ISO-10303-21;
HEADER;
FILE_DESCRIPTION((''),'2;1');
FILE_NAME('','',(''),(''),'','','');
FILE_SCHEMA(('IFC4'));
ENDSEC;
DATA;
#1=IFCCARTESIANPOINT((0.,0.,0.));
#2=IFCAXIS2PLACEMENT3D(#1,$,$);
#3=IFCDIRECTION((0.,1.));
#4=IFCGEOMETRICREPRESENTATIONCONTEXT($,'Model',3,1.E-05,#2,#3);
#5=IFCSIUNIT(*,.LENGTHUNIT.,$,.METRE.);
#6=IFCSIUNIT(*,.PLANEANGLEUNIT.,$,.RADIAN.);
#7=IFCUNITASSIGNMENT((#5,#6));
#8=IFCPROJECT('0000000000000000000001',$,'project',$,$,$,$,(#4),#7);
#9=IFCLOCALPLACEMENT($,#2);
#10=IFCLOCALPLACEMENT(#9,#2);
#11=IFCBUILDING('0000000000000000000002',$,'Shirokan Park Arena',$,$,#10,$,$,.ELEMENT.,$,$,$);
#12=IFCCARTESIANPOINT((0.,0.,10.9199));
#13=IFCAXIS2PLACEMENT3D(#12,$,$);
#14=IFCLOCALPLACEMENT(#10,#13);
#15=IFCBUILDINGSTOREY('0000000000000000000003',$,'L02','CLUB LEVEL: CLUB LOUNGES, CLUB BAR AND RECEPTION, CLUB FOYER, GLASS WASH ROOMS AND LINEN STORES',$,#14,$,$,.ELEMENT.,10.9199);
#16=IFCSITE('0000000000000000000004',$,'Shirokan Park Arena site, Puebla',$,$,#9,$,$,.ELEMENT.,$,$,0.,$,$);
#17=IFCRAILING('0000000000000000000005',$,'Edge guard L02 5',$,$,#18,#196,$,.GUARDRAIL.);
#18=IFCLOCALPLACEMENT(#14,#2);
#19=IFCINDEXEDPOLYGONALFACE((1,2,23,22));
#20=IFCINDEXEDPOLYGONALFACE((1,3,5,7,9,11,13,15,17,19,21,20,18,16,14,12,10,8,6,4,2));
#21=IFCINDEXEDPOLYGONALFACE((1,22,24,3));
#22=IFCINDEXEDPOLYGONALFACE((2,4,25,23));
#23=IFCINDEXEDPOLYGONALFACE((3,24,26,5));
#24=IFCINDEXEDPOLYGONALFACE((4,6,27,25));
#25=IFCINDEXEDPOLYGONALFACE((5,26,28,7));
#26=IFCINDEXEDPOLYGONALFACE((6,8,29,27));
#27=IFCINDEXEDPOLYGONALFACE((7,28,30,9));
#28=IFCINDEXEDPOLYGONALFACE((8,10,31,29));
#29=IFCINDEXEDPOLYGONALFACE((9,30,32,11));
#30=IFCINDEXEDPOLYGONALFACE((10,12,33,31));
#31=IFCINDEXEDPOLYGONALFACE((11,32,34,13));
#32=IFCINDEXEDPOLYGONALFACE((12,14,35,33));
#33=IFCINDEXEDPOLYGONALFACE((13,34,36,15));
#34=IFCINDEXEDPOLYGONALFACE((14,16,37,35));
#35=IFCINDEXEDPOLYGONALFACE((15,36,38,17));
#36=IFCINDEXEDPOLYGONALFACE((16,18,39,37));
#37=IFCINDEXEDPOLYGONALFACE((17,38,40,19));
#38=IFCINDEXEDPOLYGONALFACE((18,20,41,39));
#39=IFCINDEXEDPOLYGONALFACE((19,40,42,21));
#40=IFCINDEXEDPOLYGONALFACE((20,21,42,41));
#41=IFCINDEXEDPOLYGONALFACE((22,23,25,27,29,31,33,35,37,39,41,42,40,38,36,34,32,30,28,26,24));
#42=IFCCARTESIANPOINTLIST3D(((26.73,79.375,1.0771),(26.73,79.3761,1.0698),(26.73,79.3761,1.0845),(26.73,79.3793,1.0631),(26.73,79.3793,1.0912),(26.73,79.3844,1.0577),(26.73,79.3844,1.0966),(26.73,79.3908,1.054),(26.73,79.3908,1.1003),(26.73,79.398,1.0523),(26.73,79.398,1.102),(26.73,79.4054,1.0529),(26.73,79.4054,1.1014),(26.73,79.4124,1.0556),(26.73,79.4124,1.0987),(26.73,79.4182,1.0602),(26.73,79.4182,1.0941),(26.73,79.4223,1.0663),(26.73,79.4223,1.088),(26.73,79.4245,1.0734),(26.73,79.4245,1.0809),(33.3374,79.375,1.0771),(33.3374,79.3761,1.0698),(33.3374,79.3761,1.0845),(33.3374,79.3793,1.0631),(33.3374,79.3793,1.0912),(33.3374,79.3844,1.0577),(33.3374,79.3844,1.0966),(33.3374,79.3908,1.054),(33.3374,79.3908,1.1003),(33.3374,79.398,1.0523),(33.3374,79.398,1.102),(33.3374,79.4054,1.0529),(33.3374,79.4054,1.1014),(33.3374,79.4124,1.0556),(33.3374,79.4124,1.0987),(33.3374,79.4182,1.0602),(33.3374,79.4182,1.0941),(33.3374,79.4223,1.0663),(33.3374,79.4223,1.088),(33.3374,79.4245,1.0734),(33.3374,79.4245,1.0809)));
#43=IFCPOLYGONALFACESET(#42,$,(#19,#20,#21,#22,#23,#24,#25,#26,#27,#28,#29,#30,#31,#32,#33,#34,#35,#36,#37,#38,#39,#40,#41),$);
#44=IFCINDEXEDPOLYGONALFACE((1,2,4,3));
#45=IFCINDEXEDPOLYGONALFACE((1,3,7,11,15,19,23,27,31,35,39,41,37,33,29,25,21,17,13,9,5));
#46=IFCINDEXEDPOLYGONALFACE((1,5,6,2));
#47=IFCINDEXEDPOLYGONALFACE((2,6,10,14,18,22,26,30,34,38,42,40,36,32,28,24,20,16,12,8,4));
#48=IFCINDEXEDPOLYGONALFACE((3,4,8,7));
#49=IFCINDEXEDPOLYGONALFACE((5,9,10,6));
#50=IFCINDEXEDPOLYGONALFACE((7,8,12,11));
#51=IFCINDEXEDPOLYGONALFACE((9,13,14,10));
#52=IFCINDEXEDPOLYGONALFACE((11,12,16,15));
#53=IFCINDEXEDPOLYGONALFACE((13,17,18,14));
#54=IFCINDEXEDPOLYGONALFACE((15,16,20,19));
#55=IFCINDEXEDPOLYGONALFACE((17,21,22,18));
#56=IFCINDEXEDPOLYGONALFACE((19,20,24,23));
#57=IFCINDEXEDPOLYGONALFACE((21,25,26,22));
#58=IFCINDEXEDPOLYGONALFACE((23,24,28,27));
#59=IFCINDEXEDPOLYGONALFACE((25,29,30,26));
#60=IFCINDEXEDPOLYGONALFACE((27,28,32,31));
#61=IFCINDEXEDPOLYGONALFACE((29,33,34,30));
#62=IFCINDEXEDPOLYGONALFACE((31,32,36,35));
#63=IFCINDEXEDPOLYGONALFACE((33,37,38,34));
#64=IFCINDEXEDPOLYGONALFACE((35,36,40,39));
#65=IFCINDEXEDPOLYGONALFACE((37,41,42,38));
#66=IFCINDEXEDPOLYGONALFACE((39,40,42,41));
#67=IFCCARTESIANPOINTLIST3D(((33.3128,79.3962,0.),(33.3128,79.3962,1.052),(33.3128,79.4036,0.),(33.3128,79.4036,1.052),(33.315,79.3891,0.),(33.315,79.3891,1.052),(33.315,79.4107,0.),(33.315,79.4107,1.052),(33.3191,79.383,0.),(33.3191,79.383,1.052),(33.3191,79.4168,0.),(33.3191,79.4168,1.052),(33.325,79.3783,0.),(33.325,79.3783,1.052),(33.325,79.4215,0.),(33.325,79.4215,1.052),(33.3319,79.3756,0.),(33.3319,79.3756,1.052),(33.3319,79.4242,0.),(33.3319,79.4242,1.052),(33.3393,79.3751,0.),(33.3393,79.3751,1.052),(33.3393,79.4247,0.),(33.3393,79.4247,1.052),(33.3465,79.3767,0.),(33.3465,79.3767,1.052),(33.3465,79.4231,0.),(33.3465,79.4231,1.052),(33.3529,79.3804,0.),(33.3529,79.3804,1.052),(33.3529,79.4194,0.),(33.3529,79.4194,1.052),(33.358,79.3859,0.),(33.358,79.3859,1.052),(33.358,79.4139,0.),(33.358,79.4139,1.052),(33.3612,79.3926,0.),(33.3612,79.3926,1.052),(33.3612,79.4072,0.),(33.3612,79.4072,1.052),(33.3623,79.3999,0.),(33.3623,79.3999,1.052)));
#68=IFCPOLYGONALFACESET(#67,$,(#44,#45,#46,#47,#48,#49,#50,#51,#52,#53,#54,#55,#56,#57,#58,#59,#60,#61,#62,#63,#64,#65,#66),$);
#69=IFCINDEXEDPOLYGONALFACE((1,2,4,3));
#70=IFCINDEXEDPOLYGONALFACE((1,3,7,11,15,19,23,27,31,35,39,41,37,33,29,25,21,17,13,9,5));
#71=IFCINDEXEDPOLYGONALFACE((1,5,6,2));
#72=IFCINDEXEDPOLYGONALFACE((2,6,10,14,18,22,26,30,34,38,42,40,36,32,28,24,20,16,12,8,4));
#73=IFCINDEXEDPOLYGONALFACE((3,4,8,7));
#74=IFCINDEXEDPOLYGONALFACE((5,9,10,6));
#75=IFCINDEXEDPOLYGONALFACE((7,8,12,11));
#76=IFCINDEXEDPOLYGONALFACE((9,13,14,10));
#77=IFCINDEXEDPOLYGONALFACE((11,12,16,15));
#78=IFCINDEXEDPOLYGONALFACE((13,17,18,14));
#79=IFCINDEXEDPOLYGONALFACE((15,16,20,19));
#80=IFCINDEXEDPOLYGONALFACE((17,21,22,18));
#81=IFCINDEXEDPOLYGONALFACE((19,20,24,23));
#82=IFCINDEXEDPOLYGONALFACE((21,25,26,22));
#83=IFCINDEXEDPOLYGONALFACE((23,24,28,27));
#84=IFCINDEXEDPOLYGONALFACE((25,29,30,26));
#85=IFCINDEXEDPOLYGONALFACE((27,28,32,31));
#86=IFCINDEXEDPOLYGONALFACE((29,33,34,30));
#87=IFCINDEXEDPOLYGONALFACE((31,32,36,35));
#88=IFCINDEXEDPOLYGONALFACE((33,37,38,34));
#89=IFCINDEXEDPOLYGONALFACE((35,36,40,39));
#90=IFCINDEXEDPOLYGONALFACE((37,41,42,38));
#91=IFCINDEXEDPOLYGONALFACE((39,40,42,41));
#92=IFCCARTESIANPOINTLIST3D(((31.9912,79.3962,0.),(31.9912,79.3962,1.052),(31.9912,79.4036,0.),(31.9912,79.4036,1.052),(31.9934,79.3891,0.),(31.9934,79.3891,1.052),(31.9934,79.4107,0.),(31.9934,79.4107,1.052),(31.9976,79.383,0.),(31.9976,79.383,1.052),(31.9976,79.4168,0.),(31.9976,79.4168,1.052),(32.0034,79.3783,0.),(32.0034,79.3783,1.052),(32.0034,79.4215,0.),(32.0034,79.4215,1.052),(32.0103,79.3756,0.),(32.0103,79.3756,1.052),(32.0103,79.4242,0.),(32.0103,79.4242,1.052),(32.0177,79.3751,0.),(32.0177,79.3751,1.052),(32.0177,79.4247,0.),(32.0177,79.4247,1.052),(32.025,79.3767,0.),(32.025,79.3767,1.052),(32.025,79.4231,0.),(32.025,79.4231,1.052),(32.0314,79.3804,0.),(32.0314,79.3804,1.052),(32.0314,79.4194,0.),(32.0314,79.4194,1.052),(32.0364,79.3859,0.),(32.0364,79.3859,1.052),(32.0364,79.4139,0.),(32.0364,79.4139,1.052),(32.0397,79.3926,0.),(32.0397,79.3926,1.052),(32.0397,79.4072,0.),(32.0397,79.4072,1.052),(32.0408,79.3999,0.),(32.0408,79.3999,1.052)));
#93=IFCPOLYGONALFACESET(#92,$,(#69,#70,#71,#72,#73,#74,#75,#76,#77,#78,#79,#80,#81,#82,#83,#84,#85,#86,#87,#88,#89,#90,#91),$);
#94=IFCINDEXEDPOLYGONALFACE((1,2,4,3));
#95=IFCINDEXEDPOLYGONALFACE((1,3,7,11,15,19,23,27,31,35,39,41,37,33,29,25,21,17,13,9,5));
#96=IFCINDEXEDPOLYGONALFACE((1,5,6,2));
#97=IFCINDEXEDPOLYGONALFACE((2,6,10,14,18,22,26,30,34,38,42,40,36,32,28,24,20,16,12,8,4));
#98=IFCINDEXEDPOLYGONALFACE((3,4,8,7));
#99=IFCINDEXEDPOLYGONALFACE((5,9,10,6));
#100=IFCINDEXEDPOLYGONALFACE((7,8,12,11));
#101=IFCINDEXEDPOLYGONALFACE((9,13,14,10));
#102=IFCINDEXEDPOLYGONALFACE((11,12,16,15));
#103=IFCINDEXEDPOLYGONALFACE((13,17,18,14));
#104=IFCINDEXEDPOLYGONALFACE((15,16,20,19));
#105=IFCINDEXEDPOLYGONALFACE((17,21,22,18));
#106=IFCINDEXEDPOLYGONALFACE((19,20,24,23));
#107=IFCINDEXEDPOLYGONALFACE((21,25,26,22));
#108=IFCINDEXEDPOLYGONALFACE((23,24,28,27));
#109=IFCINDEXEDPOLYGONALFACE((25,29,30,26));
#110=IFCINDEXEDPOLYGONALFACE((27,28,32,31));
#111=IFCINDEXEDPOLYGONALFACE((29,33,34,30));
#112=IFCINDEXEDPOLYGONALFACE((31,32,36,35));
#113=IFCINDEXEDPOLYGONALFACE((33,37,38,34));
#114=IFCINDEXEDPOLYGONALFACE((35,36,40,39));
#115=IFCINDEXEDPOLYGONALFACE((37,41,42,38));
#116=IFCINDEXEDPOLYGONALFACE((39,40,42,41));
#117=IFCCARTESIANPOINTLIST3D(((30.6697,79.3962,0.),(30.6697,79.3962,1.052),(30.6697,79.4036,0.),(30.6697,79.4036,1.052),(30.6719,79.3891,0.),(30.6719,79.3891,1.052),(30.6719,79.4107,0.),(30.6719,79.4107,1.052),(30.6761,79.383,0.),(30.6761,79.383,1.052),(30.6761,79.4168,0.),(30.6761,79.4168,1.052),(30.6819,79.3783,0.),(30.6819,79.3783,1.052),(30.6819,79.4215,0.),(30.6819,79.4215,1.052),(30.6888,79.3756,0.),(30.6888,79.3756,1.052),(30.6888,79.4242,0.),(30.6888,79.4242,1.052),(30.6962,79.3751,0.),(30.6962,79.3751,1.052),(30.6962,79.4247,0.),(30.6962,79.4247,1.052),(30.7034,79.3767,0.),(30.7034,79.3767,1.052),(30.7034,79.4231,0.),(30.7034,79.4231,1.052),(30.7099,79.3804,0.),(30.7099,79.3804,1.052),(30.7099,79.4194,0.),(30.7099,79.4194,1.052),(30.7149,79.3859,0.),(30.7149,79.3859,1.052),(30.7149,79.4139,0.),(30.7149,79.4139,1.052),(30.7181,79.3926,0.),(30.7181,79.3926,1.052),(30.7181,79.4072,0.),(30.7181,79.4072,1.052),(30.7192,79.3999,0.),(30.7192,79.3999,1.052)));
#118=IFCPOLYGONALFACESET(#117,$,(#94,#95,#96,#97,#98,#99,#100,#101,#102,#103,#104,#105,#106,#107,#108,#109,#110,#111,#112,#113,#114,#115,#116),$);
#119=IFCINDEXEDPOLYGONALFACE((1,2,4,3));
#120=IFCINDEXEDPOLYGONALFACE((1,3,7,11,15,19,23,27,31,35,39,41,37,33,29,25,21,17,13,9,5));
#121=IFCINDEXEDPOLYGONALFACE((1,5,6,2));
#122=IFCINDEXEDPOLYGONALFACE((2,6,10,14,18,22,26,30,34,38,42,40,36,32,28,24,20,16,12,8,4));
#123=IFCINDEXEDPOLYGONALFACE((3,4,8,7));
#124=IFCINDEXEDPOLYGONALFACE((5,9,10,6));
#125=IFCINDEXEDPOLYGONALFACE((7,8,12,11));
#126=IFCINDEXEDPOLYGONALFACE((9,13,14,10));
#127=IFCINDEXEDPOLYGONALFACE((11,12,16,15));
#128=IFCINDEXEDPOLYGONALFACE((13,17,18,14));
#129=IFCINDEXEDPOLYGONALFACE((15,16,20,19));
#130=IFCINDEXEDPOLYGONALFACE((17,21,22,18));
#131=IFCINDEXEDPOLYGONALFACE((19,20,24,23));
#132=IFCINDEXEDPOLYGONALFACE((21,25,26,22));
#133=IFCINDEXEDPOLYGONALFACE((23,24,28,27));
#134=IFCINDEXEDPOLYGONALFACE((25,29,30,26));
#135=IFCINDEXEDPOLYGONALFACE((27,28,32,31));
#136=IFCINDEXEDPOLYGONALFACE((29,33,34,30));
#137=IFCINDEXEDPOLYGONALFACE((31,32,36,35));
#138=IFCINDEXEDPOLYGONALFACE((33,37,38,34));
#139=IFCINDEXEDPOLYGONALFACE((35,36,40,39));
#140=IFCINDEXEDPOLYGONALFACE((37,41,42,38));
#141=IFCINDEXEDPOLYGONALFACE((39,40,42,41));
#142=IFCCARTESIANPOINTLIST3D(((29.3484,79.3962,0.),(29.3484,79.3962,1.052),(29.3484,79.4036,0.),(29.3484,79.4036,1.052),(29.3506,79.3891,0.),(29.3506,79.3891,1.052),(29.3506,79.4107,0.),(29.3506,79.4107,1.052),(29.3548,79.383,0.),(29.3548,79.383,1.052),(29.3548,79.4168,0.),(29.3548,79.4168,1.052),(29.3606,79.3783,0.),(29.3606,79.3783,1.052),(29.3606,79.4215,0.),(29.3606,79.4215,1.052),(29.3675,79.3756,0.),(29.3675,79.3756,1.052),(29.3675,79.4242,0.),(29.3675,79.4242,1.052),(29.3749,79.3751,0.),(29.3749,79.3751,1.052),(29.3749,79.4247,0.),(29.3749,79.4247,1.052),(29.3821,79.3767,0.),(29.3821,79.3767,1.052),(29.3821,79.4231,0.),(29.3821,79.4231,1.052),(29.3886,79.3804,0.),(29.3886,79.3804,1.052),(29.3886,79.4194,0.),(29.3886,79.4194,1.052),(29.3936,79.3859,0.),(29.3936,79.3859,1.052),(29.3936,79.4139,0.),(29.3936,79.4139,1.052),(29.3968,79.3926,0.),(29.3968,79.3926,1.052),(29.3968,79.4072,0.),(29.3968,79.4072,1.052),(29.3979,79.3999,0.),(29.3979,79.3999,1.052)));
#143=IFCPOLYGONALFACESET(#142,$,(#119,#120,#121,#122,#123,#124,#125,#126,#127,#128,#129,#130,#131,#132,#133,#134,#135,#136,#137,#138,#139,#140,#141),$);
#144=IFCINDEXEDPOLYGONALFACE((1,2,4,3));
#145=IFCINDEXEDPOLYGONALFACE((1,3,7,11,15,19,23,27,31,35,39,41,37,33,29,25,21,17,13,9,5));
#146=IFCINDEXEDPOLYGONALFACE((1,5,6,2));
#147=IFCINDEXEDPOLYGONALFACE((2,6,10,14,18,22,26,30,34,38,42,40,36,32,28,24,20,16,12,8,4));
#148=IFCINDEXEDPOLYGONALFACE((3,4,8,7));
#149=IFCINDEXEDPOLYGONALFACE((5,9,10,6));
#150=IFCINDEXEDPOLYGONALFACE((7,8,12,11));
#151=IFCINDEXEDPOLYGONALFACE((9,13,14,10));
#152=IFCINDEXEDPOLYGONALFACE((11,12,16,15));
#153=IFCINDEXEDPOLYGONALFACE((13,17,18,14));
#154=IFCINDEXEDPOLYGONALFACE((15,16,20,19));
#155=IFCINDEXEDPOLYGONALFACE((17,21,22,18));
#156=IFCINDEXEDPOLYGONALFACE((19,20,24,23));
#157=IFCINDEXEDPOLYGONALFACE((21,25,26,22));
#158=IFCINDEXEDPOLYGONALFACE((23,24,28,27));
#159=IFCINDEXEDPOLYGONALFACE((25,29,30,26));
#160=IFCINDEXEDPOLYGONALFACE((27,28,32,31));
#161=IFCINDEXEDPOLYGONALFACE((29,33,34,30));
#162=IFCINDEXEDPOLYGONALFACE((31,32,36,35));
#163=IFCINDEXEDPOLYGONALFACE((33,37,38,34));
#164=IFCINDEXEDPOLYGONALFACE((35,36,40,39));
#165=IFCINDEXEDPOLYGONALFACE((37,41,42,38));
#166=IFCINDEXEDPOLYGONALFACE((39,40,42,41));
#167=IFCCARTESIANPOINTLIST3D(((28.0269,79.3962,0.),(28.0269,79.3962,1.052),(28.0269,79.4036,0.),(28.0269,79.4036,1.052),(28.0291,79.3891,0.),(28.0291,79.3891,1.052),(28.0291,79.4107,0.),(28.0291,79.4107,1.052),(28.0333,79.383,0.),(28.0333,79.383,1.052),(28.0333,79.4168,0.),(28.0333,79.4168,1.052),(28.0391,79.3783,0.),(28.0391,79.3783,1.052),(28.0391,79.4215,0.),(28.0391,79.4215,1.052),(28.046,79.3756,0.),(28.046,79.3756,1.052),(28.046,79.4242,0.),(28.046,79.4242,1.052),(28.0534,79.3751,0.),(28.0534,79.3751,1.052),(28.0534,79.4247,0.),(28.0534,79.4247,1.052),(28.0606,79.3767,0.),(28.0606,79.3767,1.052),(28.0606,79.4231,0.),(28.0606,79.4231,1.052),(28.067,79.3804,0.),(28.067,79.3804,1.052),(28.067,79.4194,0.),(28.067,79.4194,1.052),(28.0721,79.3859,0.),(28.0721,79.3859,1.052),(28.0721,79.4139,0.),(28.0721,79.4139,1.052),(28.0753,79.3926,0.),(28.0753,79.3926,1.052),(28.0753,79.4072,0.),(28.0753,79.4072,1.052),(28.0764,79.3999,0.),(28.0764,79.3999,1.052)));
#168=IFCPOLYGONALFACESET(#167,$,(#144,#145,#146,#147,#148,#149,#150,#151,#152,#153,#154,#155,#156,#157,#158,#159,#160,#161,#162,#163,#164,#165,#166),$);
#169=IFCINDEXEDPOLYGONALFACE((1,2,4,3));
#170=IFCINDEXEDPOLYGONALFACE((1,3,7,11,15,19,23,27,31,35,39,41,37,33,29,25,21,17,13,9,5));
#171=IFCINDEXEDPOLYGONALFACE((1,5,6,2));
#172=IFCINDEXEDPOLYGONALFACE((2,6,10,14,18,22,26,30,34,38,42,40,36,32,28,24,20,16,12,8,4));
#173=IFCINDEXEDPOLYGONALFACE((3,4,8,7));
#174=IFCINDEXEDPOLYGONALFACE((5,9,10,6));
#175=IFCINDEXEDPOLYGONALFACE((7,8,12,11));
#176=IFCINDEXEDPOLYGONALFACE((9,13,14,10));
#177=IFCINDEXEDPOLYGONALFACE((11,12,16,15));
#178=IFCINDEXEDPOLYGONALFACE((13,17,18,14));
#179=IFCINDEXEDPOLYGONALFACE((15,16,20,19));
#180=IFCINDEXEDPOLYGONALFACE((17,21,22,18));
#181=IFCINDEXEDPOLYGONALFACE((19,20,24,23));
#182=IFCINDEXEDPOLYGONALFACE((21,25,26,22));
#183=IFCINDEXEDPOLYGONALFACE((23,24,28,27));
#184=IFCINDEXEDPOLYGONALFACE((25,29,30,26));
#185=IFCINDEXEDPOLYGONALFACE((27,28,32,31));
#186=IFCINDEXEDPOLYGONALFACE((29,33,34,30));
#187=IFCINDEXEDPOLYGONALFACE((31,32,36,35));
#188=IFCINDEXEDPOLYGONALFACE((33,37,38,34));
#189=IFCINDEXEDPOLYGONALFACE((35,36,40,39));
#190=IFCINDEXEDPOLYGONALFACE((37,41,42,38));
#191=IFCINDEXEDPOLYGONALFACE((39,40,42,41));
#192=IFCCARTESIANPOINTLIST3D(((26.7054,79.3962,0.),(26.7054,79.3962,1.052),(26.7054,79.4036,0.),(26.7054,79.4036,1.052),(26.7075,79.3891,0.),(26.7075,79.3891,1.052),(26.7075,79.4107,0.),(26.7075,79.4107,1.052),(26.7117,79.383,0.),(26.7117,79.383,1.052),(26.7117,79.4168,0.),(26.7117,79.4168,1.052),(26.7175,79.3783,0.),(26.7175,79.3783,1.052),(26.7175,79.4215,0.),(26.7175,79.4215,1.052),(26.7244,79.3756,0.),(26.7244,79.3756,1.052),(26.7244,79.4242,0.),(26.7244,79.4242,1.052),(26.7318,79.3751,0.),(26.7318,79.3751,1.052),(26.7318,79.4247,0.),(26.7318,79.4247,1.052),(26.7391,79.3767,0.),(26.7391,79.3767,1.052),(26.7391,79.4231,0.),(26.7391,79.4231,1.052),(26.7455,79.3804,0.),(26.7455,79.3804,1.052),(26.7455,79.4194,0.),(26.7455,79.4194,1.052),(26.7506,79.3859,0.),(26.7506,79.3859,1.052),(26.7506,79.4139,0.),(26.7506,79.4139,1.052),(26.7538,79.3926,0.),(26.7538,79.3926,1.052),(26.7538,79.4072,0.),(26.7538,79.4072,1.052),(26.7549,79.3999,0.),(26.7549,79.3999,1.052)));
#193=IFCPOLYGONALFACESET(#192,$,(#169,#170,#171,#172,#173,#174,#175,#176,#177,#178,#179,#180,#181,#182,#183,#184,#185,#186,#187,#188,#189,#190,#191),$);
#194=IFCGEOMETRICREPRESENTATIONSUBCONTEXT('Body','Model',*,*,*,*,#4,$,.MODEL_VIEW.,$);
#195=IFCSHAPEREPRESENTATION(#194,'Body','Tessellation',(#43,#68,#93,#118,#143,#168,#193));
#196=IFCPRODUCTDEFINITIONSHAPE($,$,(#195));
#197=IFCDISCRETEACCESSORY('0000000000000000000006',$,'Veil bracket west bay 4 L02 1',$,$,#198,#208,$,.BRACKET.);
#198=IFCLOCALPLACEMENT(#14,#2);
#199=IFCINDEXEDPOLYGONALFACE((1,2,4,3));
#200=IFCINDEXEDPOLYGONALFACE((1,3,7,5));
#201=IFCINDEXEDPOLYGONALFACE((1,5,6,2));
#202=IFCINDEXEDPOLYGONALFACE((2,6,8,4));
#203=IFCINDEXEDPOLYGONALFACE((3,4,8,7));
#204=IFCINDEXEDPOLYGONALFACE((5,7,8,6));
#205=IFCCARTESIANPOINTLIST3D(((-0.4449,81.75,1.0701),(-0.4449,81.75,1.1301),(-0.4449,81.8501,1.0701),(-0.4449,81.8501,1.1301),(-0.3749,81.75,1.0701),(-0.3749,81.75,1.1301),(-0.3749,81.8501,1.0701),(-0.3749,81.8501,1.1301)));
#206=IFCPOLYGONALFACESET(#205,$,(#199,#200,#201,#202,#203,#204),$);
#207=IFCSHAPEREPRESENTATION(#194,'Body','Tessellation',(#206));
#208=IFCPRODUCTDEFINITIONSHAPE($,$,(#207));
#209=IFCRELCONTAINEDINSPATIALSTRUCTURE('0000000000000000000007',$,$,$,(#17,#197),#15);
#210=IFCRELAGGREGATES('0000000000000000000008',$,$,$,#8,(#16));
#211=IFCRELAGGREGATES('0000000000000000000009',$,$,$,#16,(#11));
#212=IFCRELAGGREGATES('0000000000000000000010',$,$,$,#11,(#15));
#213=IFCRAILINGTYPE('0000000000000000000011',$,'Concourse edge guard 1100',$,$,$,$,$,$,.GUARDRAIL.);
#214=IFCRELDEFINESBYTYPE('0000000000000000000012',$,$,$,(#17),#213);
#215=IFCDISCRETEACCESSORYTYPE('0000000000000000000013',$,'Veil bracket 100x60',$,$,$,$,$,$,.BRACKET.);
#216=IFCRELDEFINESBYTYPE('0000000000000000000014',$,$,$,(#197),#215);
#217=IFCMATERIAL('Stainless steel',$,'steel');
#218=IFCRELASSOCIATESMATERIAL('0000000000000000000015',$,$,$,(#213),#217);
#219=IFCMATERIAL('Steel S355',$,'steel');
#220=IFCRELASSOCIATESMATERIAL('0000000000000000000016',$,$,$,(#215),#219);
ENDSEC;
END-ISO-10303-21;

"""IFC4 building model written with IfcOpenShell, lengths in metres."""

from ifc_helpers import new_model, si_unit, direction, frame, origin, origin_2d, place, context, subcontext, project, spatial, rectangle, circle, extrude, material, type_object, element, save


model = new_model("IFC4")

# Units and contexts
model_context = context("Model", 3, precision=1e-05, world=origin(), true_north=direction((0.0, 1.0)))
body_context = subcontext(model_context, "Body", "Model", "MODEL_VIEW")
ifc_project = project(units=[si_unit("LENGTHUNIT", "METRE"), si_unit("PLANEANGLEUNIT", "RADIAN")], contexts=[model_context])

# Site, building, storey
site_placement = place(None, origin())
site = spatial("IfcSite", under=ifc_project, at=site_placement, Name="Shirokan Park Arena site, Puebla", CompositionType="ELEMENT", RefElevation=0.0)
building_placement = place(site_placement, origin())
building = spatial("IfcBuilding", under=site, at=building_placement, Name="Shirokan Park Arena", CompositionType="ELEMENT")
storey_placement = place(building_placement, frame((0.0, 0.0, 10.9199)))
storey = spatial("IfcBuildingStorey", under=building, at=storey_placement, Name="L02", Description="CLUB LEVEL: CLUB LOUNGES, CLUB BAR AND RECEPTION, CLUB FOYER, GLASS WASH ROOMS AND LINEN STORES", CompositionType="ELEMENT", Elevation=10.9199)

# Railing
ifc_material_1 = material(Name="Stainless steel", Category="steel")
railing_type = type_object("IfcRailingType", Name="Concourse edge guard 1100", PredefinedType="GUARDRAIL", material=ifc_material_1)
railing_1_placement = place(storey_placement, frame((33.3374, 79.3999, 0.0)))
element("IfcRailing", 1, at=railing_1_placement, inside=storey, type_object=railing_type, Name="Edge guard L02 5", PredefinedType="GUARDRAIL", context=body_context, shape_type="SweptSolid", body=[
    extrude(circle(Radius=0.0249, at=origin_2d()), frame((0.0, 0.0, 1.0771), z_axis=(-1.0, 0.0, 0.0), x_axis=(0.0, -1.0, 0.0)), (0.0, 0.0, 1.0), 6.6074),
    extrude(circle(Radius=0.0249, at=origin_2d()), origin(), (0.0, 0.0, 1.0), 1.052),
    extrude(circle(Radius=0.0249, at=origin_2d()), frame((-1.3215, 0.0, 0.0)), (0.0, 0.0, 1.0), 1.052),
    extrude(circle(Radius=0.0249, at=origin_2d()), frame((-2.6431, 0.0, 0.0)), (0.0, 0.0, 1.0), 1.052),
    extrude(circle(Radius=0.0249, at=origin_2d()), frame((-3.9644, 0.0, 0.0)), (0.0, 0.0, 1.0), 1.052),
    extrude(circle(Radius=0.0249, at=origin_2d()), frame((-5.2859, 0.0, 0.0)), (0.0, 0.0, 1.0), 1.052),
    extrude(circle(Radius=0.0249, at=origin_2d()), frame((-6.6074, 0.0, 0.0)), (0.0, 0.0, 1.0), 1.052),
])

# Discrete accessory
ifc_material_2 = material(Name="Steel S355", Category="steel")
discrete_accessory_type = type_object("IfcDiscreteAccessoryType", Name="Veil bracket 100x60", PredefinedType="BRACKET", material=ifc_material_2)
discrete_accessory_1_placement = place(storey_placement, frame((-0.4099, 81.8, 1.0701), z_axis=(0.0, 0.0, 1.0), x_axis=(0.0, -1.0, 0.0)))
element("IfcDiscreteAccessory", 2, at=discrete_accessory_1_placement, inside=storey, type_object=discrete_accessory_type, Name="Veil bracket west bay 4 L02 1", PredefinedType="BRACKET", context=body_context, shape_type="SweptSolid", body=[
    extrude(rectangle(XDim=0.1001, YDim=0.0701, at=origin_2d()), origin(), (0.0, 0.0, 1.0), 0.0601),
])

save(model, "model.ifc")
